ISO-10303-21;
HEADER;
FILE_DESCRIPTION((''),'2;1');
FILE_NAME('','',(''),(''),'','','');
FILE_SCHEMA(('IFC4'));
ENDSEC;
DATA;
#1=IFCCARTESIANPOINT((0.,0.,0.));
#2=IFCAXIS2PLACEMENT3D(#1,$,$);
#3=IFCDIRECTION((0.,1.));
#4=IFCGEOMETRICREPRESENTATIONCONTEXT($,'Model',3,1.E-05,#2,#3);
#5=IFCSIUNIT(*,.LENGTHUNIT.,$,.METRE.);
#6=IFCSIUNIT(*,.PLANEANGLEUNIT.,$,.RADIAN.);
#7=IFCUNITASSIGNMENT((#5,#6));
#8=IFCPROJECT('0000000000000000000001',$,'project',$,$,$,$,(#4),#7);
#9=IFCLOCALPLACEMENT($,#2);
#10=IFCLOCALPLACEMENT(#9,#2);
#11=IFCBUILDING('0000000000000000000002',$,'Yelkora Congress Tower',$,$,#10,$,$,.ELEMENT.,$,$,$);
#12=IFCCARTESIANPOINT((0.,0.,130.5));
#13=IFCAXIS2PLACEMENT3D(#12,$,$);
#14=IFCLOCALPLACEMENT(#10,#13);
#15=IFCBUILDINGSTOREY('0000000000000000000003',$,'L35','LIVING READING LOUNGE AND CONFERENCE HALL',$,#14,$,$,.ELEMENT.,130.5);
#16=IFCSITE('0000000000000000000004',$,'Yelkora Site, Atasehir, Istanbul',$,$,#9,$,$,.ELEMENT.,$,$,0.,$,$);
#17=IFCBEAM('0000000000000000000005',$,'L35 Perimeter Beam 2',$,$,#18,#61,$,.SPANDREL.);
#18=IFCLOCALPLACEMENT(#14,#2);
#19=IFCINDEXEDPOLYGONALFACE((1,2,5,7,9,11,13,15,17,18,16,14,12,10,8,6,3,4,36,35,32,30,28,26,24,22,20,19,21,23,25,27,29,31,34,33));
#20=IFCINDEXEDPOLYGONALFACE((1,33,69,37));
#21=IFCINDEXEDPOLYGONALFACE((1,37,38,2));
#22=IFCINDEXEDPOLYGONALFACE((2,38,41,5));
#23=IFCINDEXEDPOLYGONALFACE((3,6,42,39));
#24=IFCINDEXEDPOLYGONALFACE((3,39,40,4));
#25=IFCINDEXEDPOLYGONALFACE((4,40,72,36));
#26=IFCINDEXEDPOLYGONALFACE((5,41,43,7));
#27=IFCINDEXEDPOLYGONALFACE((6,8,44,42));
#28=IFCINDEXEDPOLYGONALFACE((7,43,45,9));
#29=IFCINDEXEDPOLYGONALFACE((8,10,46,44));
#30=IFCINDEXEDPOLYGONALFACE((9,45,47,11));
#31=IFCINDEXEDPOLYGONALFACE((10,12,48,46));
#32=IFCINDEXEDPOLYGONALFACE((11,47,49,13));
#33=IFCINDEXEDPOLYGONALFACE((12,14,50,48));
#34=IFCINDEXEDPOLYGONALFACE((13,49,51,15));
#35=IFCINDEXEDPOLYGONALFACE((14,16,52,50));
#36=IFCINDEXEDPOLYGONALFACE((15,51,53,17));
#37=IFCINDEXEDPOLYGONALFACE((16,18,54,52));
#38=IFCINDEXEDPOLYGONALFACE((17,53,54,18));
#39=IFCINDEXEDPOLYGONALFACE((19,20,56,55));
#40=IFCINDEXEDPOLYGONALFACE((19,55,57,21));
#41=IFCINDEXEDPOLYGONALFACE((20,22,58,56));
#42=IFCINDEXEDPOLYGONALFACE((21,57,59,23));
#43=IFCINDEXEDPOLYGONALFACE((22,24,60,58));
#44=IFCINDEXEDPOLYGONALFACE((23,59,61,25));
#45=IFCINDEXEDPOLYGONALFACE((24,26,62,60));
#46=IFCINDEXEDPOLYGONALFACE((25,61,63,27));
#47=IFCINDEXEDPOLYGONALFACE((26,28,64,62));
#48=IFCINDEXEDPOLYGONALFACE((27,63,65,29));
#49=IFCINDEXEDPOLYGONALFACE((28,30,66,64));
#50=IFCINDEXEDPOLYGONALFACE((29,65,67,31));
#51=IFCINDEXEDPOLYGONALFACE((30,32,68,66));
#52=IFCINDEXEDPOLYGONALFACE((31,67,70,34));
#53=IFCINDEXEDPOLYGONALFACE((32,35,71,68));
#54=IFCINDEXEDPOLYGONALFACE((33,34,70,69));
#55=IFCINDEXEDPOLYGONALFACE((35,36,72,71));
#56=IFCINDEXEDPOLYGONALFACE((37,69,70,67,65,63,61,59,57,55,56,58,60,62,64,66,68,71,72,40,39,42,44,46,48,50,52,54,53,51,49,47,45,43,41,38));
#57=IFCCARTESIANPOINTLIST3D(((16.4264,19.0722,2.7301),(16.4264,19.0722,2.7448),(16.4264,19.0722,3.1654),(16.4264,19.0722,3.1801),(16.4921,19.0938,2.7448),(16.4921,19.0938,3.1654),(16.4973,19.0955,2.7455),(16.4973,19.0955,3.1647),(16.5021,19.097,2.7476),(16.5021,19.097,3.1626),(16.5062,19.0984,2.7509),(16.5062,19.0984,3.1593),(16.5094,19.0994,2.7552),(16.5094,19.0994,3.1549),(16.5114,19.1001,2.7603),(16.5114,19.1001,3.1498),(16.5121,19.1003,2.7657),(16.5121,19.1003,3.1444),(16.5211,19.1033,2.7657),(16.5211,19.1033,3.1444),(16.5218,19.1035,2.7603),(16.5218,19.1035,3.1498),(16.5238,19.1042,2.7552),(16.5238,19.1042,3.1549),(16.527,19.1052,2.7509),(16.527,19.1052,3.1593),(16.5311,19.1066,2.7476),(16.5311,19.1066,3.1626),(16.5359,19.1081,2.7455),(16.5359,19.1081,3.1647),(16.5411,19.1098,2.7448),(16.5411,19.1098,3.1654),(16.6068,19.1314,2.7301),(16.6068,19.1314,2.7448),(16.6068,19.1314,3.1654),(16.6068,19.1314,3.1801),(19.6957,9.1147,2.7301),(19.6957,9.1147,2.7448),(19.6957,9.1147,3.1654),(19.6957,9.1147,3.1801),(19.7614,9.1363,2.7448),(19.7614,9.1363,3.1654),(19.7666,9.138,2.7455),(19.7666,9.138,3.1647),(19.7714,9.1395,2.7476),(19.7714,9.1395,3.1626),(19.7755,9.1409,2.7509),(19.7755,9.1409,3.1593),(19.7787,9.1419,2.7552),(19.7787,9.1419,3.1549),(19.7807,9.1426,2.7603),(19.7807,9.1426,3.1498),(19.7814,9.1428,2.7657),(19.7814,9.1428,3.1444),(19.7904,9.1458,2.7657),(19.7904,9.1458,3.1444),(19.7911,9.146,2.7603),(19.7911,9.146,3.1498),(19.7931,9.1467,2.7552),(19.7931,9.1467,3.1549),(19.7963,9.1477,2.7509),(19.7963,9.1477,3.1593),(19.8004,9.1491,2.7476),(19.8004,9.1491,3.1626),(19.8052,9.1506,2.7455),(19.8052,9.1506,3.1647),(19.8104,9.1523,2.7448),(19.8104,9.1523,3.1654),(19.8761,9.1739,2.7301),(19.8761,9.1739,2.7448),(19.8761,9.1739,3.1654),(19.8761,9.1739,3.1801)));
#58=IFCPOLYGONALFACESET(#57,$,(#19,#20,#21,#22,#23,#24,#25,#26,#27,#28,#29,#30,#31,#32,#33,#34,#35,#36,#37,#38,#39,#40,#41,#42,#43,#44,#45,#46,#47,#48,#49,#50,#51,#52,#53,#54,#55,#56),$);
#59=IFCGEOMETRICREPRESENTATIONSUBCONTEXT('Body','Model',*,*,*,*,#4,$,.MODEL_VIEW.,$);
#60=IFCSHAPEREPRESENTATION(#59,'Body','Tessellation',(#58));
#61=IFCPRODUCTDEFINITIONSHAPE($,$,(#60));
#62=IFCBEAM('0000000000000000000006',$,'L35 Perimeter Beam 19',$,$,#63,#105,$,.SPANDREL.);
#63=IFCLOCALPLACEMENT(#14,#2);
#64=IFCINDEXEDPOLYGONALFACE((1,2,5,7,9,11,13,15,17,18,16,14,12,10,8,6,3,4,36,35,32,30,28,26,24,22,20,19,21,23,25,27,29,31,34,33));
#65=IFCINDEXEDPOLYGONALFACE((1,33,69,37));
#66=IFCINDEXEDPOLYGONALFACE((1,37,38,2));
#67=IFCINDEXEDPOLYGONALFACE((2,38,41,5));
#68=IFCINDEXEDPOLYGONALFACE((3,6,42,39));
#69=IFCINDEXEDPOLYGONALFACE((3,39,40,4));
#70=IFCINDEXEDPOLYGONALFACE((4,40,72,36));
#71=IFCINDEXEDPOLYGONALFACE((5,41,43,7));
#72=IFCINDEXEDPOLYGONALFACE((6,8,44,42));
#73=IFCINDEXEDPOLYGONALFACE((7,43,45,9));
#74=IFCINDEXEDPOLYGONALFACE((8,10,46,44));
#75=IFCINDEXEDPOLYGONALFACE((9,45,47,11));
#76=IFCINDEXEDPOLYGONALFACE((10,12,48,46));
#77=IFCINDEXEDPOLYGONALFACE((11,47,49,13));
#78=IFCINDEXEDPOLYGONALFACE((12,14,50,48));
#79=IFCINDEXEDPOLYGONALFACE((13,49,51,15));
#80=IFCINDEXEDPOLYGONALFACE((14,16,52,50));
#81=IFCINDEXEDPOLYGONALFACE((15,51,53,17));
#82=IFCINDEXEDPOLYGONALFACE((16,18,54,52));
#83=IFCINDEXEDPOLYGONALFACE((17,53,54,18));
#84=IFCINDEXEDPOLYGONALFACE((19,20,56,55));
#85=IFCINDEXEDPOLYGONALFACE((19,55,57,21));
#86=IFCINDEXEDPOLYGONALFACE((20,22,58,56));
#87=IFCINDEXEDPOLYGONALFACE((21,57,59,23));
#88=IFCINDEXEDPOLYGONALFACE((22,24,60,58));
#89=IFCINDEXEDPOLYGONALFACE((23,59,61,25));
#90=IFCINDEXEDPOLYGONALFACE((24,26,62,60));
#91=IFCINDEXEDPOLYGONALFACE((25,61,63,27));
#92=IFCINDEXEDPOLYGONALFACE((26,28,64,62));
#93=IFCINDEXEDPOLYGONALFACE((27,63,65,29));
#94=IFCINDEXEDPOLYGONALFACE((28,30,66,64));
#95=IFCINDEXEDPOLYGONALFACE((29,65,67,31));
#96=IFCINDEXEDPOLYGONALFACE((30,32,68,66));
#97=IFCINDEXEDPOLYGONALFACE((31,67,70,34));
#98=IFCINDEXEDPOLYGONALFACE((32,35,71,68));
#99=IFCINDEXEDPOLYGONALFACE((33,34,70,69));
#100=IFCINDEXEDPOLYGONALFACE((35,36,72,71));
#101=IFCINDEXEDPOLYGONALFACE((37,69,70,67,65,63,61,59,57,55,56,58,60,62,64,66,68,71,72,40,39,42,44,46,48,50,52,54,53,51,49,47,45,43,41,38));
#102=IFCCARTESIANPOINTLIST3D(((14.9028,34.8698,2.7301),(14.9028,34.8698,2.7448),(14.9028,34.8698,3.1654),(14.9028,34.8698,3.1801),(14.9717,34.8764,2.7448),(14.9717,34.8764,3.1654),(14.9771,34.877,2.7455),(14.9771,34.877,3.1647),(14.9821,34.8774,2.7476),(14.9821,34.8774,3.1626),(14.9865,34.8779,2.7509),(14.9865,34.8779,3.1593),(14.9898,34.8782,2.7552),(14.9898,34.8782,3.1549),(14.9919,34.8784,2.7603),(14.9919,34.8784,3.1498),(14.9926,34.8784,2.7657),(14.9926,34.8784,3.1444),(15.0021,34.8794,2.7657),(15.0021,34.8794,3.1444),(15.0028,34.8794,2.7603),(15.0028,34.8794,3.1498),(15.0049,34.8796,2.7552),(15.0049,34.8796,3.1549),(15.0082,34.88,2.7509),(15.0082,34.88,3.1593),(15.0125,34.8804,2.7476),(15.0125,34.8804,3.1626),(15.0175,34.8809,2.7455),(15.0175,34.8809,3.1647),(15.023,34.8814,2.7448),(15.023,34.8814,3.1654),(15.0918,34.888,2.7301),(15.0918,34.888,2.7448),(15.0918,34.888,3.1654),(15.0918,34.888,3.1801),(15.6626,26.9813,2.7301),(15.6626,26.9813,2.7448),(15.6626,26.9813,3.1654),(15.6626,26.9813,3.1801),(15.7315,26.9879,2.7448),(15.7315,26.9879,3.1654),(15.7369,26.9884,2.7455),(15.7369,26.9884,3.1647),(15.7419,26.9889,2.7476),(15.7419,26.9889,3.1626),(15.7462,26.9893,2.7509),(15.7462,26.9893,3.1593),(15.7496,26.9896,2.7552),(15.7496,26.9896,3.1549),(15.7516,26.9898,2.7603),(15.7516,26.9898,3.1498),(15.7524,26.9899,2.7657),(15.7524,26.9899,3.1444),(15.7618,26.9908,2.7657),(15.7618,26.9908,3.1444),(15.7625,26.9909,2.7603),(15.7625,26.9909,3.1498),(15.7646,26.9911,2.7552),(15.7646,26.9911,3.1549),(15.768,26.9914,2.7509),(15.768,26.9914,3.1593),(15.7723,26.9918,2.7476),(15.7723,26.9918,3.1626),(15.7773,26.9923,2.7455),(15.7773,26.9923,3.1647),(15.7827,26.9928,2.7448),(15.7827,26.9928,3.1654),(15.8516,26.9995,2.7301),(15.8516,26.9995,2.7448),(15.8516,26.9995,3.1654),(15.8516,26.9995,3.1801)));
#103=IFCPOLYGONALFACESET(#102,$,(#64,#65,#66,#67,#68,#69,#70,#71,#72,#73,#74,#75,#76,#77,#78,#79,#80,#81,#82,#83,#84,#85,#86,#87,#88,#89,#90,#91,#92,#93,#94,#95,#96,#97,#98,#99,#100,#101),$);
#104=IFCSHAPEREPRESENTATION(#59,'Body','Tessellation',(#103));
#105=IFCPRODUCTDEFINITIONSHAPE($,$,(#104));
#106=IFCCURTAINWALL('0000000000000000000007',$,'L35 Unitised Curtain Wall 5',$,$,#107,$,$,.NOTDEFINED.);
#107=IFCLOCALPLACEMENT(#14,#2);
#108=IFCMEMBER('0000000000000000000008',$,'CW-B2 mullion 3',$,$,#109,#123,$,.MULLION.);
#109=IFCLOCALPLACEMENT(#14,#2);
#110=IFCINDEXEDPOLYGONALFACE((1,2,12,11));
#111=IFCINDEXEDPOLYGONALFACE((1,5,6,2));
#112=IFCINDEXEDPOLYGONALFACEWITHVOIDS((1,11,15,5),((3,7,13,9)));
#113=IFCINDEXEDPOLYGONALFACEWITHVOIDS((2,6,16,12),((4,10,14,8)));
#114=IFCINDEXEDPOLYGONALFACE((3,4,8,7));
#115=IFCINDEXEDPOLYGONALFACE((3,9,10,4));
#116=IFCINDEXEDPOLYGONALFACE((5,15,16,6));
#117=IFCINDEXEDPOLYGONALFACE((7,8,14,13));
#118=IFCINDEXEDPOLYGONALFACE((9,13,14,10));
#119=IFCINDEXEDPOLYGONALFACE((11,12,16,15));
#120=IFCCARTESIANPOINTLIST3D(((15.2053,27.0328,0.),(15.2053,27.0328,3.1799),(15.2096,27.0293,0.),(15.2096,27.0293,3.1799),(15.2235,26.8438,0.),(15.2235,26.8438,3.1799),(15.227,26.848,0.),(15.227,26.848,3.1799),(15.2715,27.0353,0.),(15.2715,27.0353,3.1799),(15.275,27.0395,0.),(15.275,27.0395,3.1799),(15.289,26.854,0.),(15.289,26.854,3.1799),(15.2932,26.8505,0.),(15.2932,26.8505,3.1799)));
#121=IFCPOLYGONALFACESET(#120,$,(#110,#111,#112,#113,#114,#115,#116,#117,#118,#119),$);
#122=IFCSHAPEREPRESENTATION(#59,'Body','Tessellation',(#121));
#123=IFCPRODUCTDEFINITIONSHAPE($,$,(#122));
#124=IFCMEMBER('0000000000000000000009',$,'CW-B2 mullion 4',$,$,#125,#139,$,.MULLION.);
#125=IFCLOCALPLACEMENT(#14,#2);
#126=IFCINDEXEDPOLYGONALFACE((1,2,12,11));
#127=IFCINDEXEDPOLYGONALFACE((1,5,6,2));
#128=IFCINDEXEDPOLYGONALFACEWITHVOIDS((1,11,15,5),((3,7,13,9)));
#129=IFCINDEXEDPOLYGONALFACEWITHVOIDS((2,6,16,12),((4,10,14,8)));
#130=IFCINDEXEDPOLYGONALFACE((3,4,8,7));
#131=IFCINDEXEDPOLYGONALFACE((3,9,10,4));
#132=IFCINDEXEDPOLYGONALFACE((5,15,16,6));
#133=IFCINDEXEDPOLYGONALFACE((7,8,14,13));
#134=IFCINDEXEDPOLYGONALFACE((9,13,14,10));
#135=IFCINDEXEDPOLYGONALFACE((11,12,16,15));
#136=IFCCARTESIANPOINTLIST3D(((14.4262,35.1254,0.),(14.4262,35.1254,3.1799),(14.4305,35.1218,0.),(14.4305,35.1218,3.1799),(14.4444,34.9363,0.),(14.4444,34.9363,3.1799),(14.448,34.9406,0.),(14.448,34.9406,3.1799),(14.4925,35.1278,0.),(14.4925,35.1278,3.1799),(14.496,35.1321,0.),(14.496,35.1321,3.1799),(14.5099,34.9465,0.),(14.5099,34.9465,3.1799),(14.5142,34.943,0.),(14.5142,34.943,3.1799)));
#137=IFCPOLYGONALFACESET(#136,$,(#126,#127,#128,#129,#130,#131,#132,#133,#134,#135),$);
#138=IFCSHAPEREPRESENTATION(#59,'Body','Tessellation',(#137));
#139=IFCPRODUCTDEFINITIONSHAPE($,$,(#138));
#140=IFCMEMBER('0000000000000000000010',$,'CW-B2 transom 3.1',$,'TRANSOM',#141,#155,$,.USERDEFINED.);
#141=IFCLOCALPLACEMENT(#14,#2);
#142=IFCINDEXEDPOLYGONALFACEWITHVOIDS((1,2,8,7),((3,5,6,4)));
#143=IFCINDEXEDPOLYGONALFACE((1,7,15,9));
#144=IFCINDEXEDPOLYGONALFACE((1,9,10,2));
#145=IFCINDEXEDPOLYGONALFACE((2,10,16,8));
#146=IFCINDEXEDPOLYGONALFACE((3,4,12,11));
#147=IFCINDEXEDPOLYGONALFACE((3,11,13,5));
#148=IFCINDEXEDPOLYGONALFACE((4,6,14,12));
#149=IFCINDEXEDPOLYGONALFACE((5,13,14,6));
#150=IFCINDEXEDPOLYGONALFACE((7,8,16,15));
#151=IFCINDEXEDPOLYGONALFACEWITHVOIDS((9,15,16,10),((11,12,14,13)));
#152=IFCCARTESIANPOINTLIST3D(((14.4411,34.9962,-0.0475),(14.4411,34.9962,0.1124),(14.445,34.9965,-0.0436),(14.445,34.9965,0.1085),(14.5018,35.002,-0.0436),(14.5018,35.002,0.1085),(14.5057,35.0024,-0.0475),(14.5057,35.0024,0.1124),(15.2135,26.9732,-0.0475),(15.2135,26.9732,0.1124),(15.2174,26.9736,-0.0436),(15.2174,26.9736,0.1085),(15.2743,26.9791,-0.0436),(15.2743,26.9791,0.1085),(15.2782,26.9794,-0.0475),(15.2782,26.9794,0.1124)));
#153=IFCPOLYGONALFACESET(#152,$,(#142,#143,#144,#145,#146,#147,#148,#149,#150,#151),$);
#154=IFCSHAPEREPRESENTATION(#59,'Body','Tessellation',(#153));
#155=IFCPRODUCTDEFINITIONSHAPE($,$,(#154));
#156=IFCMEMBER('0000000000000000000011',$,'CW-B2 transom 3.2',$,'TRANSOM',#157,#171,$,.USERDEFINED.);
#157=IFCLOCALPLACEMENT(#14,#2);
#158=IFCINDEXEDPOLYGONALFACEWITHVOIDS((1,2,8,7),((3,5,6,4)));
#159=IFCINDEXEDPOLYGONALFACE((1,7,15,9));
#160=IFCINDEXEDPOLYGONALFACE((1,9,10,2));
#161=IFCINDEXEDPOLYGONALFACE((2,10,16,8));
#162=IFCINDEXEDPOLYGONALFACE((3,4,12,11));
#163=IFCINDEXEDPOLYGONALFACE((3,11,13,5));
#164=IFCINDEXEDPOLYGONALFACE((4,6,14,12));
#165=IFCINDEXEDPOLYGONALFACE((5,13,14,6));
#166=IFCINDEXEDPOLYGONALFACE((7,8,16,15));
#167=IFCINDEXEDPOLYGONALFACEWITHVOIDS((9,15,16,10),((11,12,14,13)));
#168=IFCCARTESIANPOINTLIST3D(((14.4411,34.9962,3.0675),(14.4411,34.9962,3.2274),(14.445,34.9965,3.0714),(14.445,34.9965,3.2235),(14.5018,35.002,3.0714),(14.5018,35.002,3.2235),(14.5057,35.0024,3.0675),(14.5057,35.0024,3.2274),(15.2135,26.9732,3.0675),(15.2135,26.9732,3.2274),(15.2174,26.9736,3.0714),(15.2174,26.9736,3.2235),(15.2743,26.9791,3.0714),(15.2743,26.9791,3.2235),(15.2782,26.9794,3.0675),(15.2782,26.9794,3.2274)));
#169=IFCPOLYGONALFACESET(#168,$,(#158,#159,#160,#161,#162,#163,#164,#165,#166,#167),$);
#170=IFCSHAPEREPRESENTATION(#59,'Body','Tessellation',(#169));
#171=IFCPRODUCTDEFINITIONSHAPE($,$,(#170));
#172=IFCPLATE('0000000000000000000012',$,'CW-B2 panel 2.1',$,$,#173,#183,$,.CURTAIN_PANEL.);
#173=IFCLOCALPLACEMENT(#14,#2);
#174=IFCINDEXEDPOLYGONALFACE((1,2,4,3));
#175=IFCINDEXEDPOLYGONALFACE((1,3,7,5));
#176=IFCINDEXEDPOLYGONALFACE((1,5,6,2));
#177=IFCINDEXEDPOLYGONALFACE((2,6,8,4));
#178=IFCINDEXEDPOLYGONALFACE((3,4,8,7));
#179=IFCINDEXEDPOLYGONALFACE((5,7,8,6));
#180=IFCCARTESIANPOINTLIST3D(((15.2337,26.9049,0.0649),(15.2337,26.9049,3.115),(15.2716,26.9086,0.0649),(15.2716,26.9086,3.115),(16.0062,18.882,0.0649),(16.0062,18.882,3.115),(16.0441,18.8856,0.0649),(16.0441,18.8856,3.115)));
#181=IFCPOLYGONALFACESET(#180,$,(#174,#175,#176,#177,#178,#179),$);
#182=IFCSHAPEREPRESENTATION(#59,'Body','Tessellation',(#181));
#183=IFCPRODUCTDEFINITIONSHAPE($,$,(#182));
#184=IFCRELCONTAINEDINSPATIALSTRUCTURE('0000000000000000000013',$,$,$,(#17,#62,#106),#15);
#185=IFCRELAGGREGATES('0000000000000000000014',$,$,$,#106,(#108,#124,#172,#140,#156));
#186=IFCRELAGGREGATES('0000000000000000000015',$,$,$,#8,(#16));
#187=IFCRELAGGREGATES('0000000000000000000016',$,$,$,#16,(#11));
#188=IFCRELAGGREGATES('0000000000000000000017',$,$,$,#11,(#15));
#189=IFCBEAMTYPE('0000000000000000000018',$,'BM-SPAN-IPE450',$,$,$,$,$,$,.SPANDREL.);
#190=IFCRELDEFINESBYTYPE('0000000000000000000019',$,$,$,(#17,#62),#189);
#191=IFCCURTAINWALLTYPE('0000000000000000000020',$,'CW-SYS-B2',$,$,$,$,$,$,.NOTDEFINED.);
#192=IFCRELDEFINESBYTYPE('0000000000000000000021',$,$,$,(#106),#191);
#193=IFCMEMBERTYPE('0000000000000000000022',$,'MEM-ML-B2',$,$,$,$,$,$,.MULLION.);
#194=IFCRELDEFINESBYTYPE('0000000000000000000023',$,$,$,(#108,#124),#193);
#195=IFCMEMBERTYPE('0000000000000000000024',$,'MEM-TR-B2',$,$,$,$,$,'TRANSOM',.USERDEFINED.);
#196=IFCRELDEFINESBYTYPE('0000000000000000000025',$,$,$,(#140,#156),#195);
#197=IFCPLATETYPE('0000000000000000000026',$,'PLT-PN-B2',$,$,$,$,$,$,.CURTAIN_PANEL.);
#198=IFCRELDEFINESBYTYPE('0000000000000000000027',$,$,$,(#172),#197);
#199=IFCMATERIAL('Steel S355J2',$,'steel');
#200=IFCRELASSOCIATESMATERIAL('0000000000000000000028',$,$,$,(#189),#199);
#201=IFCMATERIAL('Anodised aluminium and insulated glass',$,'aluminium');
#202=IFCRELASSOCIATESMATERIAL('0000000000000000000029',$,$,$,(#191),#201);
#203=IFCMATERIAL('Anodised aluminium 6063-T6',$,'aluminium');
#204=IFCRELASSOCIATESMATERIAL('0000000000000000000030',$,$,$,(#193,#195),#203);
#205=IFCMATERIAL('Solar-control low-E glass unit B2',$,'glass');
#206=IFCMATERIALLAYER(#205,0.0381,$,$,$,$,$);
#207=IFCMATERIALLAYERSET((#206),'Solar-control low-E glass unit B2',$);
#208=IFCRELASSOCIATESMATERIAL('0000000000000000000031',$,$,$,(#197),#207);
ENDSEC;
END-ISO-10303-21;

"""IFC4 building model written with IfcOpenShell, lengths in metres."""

from ifc_helpers import new_model, si_unit, direction, frame, origin, origin_2d, place, context, subcontext, project, spatial, rectangle, hollow_rectangle, i_section, extrude, material, layer, layer_set, material_profile, profile_set, type_object, element, aggregate, save


model = new_model("IFC4")

# Units and contexts
model_context = context("Model", 3, precision=1e-05, world=origin(), true_north=direction((0.0, 1.0)))
body_context = subcontext(model_context, "Body", "Model", "MODEL_VIEW")
ifc_project = project(units=[si_unit("LENGTHUNIT", "METRE"), si_unit("PLANEANGLEUNIT", "RADIAN")], contexts=[model_context])

# Site, building, storey
site_placement = place(None, origin())
site = spatial("IfcSite", under=ifc_project, at=site_placement, Name="Yelkora Site, Atasehir, Istanbul", CompositionType="ELEMENT", RefElevation=0.0)
building_placement = place(site_placement, origin())
building = spatial("IfcBuilding", under=site, at=building_placement, Name="Yelkora Congress Tower", CompositionType="ELEMENT")
storey_placement = place(building_placement, frame((0.0, 0.0, 130.5)))
storey = spatial("IfcBuildingStorey", under=building, at=storey_placement, Name="L35", Description="LIVING READING LOUNGE AND CONFERENCE HALL", CompositionType="ELEMENT", Elevation=130.5)

# Beams
ifc_material_1 = material(Name="Steel S355J2", Category="steel")
ifc_material_profile_1 = material_profile(ifc_material_1, i_section(OverallWidth=0.1899, OverallDepth=0.45, WebThickness=0.0095, FlangeThickness=0.0146, FilletRadius=0.021, at=origin_2d()), Name="IPE 450")
ifc_profile_set_1 = profile_set([ifc_material_profile_1], Name="Steel S355J2")
beam_type_1 = type_object("IfcBeamType", Name="BM-SPAN-IPE450", PredefinedType="SPANDREL", material=ifc_profile_set_1)
beam_1_placement = place(storey_placement, frame((16.5166, 19.1018, 2.9551), z_axis=(0.311941, -0.950102, 0.0), x_axis=(0.950102, 0.311941, 0.0)))
element("IfcBeam", 1, at=beam_1_placement, inside=storey, type_object=beam_type_1, Name="L35 Perimeter Beam 2", PredefinedType="SPANDREL", context=body_context, shape_type="SweptSolid", body=[
    extrude(i_section(OverallWidth=0.1899, OverallDepth=0.45, WebThickness=0.0095, FlangeThickness=0.0146, FilletRadius=0.021, at=origin_2d()), origin(), (0.0, 0.0, 1.0), 10.4805),
])
beam_2_placement = place(storey_placement, frame((14.9973, 34.8789, 2.9551), z_axis=(0.09587, -0.995394, 0.0), x_axis=(0.995394, 0.09587, 0.0)))
element("IfcBeam", 2, at=beam_2_placement, inside=storey, type_object=beam_type_1, Name="L35 Perimeter Beam 19", PredefinedType="SPANDREL", context=body_context, shape_type="SweptSolid", body=[
    extrude(i_section(OverallWidth=0.1899, OverallDepth=0.45, WebThickness=0.0095, FlangeThickness=0.0146, FilletRadius=0.021, at=origin_2d()), origin(), (0.0, 0.0, 1.0), 7.925),
])

# Curtain wall, members, plate
ifc_material_2 = material(Name="Anodised aluminium and insulated glass", Category="aluminium")
curtain_wall_type = type_object("IfcCurtainWallType", Name="CW-SYS-B2", PredefinedType="NOTDEFINED", material=ifc_material_2)
curtain_wall_placement = place(storey_placement, origin())
curtain_wall = element("IfcCurtainWall", 3, at=curtain_wall_placement, inside=storey, type_object=curtain_wall_type, Name="L35 Unitised Curtain Wall 5", PredefinedType="NOTDEFINED")
ifc_material_3 = material(Name="Anodised aluminium 6063-T6", Category="aluminium")
ifc_material_profile_2 = material_profile(ifc_material_3, hollow_rectangle(XDim=0.0701, YDim=0.1899, WallThickness=0.0039, at=origin_2d()), Name="ALU 70x190x4")
ifc_profile_set_2 = profile_set([ifc_material_profile_2], Name="Anodised aluminium 6063-T6")
member_type_1 = type_object("IfcMemberType", Name="MEM-ML-B2", PredefinedType="MULLION", material=ifc_profile_set_2)
member_1_placement = place(storey_placement, frame((15.2493, 26.9417, 0.0), z_axis=(0.0, 0.0, 1.0), x_axis=(-0.995397, -0.095843, 0.0)))
member_1 = element("IfcMember", 4, at=member_1_placement, type_object=member_type_1, Name="CW-B2 mullion 3", PredefinedType="MULLION", context=body_context, shape_type="SweptSolid", body=[
    extrude(hollow_rectangle(XDim=0.0701, YDim=0.1899, WallThickness=0.0039, at=origin_2d()), origin(), (0.0, 0.0, 1.0), 3.1799),
])
member_2_placement = place(storey_placement, frame((14.4702, 35.0342, 0.0), z_axis=(0.0, 0.0, 1.0), x_axis=(-0.995397, -0.095843, 0.0)))
member_2 = element("IfcMember", 5, at=member_2_placement, type_object=member_type_1, Name="CW-B2 mullion 4", PredefinedType="MULLION", context=body_context, shape_type="SweptSolid", body=[
    extrude(hollow_rectangle(XDim=0.0701, YDim=0.1899, WallThickness=0.0039, at=origin_2d()), origin(), (0.0, 0.0, 1.0), 3.1799),
])
ifc_material_profile_3 = material_profile(ifc_material_3, hollow_rectangle(XDim=0.0649, YDim=0.1599, WallThickness=0.0039, at=origin_2d()), Name="ALU 65x160x4")
ifc_profile_set_3 = profile_set([ifc_material_profile_3], Name="Anodised aluminium 6063-T6")
member_type_2 = type_object("IfcMemberType", Name="MEM-TR-B2", ElementType="TRANSOM", PredefinedType="USERDEFINED", material=ifc_profile_set_3)
member_3_placement = place(storey_placement, frame((15.2458, 26.9763, 0.0325), z_axis=(-0.095838, 0.995397, 0.0), x_axis=(-0.995397, -0.095838, 0.0)))
member_3 = element("IfcMember", 6, at=member_3_placement, type_object=member_type_2, Name="CW-B2 transom 3.1", ObjectType="TRANSOM", PredefinedType="USERDEFINED", context=body_context, shape_type="SweptSolid", body=[
    extrude(hollow_rectangle(XDim=0.0649, YDim=0.1599, WallThickness=0.0039, at=origin_2d()), origin(), (0.0, 0.0, 1.0), 8.0601),
])
member_4_placement = place(storey_placement, frame((15.2458, 26.9763, 3.1475), z_axis=(-0.095838, 0.995397, 0.0), x_axis=(-0.995397, -0.095838, 0.0)))
member_4 = element("IfcMember", 7, at=member_4_placement, type_object=member_type_2, Name="CW-B2 transom 3.2", ObjectType="TRANSOM", PredefinedType="USERDEFINED", context=body_context, shape_type="SweptSolid", body=[
    extrude(hollow_rectangle(XDim=0.0649, YDim=0.1599, WallThickness=0.0039, at=origin_2d()), origin(), (0.0, 0.0, 1.0), 8.0601),
])
ifc_material_4 = material(Name="Solar-control low-E glass unit B2", Category="glass")
ifc_layer_1 = layer(ifc_material_4, 0.0381)
ifc_layer_set_1 = layer_set([ifc_layer_1], Name="Solar-control low-E glass unit B2")
plate_type = type_object("IfcPlateType", Name="PLT-PN-B2", PredefinedType="CURTAIN_PANEL", material=ifc_layer_set_1)
plate_1_placement = place(storey_placement, frame((15.6389, 22.8953, 0.0649), z_axis=(0.0, 0.0, 1.0), x_axis=(-0.095843, 0.995397, 0.0)))
plate_1 = element("IfcPlate", 8, at=plate_1_placement, type_object=plate_type, Name="CW-B2 panel 2.1", PredefinedType="CURTAIN_PANEL", context=body_context, shape_type="SweptSolid", body=[
    extrude(rectangle(XDim=8.0601, YDim=0.0381, at=origin_2d()), origin(), (0.0, 0.0, 1.0), 3.05),
])
aggregate(curtain_wall, [member_1, member_2, plate_1, member_3, member_4])

save(model, "model.ifc")
